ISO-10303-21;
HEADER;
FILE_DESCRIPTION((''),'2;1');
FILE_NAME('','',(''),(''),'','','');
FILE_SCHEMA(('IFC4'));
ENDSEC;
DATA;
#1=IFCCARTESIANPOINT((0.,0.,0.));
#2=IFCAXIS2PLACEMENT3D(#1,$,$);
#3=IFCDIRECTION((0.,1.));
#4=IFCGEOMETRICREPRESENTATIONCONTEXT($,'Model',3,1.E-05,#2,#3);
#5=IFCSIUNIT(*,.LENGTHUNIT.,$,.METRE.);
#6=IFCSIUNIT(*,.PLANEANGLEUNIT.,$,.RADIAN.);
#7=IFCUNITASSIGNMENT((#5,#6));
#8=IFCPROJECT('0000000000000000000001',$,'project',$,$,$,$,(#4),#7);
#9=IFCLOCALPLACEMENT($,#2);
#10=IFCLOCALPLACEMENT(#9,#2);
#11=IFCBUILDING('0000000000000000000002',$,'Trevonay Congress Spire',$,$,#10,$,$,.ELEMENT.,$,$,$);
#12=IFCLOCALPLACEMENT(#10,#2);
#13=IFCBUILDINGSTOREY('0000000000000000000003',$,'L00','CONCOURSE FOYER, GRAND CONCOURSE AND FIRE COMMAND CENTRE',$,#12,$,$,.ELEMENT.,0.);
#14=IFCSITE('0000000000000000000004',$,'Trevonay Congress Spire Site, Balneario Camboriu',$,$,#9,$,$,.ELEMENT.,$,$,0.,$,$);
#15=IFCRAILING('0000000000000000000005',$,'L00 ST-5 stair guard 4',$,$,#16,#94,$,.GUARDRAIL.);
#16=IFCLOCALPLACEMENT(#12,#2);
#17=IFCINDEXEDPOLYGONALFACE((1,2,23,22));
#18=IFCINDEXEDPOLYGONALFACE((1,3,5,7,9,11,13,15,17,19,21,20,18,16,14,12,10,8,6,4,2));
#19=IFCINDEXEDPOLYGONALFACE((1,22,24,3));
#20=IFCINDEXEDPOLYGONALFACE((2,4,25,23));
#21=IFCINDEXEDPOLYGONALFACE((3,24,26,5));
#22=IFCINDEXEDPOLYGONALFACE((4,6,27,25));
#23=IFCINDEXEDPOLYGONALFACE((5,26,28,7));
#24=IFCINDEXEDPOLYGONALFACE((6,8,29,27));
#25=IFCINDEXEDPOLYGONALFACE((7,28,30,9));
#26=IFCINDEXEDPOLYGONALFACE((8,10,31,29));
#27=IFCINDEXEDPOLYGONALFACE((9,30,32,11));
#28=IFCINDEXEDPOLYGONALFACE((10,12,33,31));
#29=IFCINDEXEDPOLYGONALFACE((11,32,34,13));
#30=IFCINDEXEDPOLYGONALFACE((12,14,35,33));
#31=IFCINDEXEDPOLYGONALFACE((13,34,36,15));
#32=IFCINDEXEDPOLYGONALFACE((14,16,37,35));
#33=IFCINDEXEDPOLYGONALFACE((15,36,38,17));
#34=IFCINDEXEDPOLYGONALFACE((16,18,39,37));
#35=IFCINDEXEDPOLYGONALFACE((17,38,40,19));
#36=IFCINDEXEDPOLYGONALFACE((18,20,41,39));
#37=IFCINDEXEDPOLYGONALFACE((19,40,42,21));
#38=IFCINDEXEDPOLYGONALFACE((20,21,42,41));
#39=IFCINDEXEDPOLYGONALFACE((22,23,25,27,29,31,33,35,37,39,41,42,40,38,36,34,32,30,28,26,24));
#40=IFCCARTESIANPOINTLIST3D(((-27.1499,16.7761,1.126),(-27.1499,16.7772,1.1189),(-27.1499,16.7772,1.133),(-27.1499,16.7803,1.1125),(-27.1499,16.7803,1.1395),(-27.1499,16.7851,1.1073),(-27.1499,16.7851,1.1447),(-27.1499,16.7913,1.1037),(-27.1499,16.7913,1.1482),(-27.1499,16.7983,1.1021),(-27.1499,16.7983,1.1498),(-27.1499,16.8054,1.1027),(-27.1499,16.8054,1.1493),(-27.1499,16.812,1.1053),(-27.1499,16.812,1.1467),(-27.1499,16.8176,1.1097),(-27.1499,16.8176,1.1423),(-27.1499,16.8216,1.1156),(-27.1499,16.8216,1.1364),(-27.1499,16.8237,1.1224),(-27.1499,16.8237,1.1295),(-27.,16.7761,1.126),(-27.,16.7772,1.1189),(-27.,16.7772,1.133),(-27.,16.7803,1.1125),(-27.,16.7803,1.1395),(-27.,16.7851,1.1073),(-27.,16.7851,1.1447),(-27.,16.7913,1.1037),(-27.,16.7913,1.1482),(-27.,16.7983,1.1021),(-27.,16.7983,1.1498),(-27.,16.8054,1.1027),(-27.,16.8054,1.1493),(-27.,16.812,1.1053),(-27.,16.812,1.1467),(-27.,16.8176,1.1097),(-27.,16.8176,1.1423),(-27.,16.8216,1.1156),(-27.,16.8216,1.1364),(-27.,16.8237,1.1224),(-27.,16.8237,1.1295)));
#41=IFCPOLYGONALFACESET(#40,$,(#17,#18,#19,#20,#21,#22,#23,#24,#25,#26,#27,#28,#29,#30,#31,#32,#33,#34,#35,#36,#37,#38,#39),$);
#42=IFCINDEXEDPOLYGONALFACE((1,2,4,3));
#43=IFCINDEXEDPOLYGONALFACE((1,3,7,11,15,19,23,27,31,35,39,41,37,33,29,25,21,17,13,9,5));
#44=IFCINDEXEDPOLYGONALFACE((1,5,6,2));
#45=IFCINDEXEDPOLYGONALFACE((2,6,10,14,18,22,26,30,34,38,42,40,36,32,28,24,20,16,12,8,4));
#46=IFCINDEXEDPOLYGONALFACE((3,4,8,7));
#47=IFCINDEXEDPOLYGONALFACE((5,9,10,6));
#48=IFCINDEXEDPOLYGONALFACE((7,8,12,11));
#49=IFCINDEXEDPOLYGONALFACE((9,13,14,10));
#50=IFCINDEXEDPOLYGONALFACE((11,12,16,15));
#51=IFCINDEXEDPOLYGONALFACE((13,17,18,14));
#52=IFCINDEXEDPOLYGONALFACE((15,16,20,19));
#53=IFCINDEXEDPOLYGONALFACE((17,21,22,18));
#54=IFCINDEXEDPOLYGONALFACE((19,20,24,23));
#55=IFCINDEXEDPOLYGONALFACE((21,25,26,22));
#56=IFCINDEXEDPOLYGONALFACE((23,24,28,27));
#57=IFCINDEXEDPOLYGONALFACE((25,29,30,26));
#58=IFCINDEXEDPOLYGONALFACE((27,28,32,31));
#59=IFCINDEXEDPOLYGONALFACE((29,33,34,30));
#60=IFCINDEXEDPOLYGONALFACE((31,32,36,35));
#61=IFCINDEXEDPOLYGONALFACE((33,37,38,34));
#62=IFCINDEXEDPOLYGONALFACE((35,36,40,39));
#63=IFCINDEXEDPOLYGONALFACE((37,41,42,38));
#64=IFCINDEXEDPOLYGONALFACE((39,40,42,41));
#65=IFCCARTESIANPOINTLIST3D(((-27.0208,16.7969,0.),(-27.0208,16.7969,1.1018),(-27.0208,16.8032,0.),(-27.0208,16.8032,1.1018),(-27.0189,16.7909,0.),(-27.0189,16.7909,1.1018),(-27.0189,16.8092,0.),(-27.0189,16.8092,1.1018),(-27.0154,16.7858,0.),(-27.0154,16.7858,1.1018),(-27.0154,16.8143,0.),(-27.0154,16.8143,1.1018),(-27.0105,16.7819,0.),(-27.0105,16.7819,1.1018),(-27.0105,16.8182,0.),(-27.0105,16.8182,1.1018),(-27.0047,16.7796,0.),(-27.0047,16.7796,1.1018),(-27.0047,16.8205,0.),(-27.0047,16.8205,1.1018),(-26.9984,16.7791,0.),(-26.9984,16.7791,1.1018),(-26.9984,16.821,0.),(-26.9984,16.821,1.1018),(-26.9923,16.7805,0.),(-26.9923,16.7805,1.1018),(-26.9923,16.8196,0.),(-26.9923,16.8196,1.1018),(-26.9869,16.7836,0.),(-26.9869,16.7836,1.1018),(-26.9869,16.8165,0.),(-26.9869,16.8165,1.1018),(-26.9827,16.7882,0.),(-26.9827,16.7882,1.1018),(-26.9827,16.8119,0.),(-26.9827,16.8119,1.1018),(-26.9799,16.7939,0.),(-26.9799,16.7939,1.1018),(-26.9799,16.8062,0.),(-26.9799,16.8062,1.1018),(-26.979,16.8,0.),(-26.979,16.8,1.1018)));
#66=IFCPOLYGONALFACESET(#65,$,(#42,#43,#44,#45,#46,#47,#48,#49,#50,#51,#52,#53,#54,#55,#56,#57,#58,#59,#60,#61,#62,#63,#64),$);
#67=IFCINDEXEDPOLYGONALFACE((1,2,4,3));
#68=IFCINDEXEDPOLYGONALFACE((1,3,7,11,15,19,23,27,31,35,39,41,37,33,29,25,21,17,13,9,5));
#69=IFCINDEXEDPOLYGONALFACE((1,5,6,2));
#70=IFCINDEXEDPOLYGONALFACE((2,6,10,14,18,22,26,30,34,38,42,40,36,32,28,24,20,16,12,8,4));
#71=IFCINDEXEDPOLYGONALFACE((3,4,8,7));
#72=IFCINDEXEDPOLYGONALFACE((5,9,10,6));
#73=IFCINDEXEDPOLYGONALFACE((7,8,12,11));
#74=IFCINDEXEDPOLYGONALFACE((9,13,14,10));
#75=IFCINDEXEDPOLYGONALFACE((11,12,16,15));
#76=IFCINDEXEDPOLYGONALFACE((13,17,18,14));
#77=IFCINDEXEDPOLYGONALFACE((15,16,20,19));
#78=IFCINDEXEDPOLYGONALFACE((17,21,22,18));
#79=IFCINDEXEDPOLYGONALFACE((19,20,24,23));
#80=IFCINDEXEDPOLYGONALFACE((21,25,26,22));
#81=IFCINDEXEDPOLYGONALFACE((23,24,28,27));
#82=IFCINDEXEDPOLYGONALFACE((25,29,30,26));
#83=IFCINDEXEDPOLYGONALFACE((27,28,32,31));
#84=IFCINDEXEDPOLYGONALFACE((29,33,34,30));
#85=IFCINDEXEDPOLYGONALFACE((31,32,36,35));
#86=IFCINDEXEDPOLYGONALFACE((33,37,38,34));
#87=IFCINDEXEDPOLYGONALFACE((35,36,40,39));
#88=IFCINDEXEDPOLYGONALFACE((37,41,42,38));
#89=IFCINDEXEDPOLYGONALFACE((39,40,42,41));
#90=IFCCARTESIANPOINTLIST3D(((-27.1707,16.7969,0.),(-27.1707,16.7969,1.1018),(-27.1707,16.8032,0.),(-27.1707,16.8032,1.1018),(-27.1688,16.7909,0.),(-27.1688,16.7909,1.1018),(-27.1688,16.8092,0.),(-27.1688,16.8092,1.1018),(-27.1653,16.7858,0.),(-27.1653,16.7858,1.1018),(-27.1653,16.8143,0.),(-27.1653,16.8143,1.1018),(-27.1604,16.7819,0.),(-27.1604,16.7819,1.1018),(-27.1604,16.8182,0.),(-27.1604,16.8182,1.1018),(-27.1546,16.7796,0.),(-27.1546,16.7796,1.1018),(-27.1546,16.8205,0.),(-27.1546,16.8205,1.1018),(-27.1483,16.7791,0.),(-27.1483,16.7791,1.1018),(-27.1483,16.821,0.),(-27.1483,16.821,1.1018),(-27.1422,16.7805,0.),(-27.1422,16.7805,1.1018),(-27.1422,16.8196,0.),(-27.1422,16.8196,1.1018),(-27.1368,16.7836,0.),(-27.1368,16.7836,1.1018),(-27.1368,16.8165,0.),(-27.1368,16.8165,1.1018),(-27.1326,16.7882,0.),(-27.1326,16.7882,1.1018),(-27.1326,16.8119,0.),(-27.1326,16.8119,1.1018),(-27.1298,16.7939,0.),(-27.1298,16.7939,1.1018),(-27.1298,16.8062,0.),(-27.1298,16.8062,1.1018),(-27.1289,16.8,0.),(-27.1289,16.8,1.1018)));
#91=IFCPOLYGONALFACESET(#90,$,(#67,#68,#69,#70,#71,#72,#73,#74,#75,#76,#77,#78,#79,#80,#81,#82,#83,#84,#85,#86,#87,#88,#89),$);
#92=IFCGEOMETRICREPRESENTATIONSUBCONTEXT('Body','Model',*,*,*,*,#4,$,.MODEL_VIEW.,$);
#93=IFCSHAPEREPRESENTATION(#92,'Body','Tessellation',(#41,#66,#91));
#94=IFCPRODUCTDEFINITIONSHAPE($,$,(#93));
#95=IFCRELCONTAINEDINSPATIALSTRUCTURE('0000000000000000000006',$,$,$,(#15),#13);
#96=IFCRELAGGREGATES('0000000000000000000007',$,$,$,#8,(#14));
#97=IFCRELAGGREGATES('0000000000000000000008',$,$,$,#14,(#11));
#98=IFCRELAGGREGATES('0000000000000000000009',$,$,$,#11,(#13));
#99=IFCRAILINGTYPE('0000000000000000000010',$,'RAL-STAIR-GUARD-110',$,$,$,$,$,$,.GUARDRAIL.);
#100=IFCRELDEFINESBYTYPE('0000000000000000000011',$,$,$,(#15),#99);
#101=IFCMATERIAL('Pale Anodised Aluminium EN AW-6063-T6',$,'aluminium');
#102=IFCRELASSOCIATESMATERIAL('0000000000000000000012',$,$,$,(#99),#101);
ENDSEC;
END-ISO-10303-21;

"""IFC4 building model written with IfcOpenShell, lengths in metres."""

from ifc_helpers import new_model, si_unit, direction, frame, origin, origin_2d, place, context, subcontext, project, spatial, circle, extrude, material, type_object, element, save


model = new_model("IFC4")

# Units and contexts
model_context = context("Model", 3, precision=1e-05, world=origin(), true_north=direction((0.0, 1.0)))
body_context = subcontext(model_context, "Body", "Model", "MODEL_VIEW")
ifc_project = project(units=[si_unit("LENGTHUNIT", "METRE"), si_unit("PLANEANGLEUNIT", "RADIAN")], contexts=[model_context])

# Site, building, storey
site_placement = place(None, origin())
site = spatial("IfcSite", under=ifc_project, at=site_placement, Name="Trevonay Congress Spire Site, Balneario Camboriu", CompositionType="ELEMENT", RefElevation=0.0)
building_placement = place(site_placement, origin())
building = spatial("IfcBuilding", under=site, at=building_placement, Name="Trevonay Congress Spire", CompositionType="ELEMENT")
storey_placement = place(building_placement, origin())
storey = spatial("IfcBuildingStorey", under=building, at=storey_placement, Name="L00", Description="CONCOURSE FOYER, GRAND CONCOURSE AND FIRE COMMAND CENTRE", CompositionType="ELEMENT", Elevation=0.0)

# Shared definitions
ifc_material_1 = material(Name="Pale Anodised Aluminium EN AW-6063-T6", Category="aluminium")

# Railing
railing_type_1 = type_object("IfcRailingType", Name="RAL-STAIR-GUARD-110", PredefinedType="GUARDRAIL", material=ifc_material_1)
railing_1_placement = place(storey_placement, frame((-27.0, 16.8, 0.0)))
element("IfcRailing", 1, at=railing_1_placement, inside=storey, type_object=railing_type_1, Name="L00 ST-5 stair guard 4", PredefinedType="GUARDRAIL", context=body_context, shape_type="SweptSolid", body=[
    extrude(circle(Radius=0.0239, at=origin_2d()), frame((0.0, 0.0, 1.126), z_axis=(-1.0, 0.0, 0.0), x_axis=(0.0, -1.0, 0.0)), (0.0, 0.0, 1.0), 0.1499),
    extrude(circle(Radius=0.021, at=origin_2d()), origin(), (0.0, 0.0, 1.0), 1.1018),
    extrude(circle(Radius=0.021, at=origin_2d()), frame((-0.1499, 0.0, 0.0)), (0.0, 0.0, 1.0), 1.1018),
])

save(model, "model.ifc")
